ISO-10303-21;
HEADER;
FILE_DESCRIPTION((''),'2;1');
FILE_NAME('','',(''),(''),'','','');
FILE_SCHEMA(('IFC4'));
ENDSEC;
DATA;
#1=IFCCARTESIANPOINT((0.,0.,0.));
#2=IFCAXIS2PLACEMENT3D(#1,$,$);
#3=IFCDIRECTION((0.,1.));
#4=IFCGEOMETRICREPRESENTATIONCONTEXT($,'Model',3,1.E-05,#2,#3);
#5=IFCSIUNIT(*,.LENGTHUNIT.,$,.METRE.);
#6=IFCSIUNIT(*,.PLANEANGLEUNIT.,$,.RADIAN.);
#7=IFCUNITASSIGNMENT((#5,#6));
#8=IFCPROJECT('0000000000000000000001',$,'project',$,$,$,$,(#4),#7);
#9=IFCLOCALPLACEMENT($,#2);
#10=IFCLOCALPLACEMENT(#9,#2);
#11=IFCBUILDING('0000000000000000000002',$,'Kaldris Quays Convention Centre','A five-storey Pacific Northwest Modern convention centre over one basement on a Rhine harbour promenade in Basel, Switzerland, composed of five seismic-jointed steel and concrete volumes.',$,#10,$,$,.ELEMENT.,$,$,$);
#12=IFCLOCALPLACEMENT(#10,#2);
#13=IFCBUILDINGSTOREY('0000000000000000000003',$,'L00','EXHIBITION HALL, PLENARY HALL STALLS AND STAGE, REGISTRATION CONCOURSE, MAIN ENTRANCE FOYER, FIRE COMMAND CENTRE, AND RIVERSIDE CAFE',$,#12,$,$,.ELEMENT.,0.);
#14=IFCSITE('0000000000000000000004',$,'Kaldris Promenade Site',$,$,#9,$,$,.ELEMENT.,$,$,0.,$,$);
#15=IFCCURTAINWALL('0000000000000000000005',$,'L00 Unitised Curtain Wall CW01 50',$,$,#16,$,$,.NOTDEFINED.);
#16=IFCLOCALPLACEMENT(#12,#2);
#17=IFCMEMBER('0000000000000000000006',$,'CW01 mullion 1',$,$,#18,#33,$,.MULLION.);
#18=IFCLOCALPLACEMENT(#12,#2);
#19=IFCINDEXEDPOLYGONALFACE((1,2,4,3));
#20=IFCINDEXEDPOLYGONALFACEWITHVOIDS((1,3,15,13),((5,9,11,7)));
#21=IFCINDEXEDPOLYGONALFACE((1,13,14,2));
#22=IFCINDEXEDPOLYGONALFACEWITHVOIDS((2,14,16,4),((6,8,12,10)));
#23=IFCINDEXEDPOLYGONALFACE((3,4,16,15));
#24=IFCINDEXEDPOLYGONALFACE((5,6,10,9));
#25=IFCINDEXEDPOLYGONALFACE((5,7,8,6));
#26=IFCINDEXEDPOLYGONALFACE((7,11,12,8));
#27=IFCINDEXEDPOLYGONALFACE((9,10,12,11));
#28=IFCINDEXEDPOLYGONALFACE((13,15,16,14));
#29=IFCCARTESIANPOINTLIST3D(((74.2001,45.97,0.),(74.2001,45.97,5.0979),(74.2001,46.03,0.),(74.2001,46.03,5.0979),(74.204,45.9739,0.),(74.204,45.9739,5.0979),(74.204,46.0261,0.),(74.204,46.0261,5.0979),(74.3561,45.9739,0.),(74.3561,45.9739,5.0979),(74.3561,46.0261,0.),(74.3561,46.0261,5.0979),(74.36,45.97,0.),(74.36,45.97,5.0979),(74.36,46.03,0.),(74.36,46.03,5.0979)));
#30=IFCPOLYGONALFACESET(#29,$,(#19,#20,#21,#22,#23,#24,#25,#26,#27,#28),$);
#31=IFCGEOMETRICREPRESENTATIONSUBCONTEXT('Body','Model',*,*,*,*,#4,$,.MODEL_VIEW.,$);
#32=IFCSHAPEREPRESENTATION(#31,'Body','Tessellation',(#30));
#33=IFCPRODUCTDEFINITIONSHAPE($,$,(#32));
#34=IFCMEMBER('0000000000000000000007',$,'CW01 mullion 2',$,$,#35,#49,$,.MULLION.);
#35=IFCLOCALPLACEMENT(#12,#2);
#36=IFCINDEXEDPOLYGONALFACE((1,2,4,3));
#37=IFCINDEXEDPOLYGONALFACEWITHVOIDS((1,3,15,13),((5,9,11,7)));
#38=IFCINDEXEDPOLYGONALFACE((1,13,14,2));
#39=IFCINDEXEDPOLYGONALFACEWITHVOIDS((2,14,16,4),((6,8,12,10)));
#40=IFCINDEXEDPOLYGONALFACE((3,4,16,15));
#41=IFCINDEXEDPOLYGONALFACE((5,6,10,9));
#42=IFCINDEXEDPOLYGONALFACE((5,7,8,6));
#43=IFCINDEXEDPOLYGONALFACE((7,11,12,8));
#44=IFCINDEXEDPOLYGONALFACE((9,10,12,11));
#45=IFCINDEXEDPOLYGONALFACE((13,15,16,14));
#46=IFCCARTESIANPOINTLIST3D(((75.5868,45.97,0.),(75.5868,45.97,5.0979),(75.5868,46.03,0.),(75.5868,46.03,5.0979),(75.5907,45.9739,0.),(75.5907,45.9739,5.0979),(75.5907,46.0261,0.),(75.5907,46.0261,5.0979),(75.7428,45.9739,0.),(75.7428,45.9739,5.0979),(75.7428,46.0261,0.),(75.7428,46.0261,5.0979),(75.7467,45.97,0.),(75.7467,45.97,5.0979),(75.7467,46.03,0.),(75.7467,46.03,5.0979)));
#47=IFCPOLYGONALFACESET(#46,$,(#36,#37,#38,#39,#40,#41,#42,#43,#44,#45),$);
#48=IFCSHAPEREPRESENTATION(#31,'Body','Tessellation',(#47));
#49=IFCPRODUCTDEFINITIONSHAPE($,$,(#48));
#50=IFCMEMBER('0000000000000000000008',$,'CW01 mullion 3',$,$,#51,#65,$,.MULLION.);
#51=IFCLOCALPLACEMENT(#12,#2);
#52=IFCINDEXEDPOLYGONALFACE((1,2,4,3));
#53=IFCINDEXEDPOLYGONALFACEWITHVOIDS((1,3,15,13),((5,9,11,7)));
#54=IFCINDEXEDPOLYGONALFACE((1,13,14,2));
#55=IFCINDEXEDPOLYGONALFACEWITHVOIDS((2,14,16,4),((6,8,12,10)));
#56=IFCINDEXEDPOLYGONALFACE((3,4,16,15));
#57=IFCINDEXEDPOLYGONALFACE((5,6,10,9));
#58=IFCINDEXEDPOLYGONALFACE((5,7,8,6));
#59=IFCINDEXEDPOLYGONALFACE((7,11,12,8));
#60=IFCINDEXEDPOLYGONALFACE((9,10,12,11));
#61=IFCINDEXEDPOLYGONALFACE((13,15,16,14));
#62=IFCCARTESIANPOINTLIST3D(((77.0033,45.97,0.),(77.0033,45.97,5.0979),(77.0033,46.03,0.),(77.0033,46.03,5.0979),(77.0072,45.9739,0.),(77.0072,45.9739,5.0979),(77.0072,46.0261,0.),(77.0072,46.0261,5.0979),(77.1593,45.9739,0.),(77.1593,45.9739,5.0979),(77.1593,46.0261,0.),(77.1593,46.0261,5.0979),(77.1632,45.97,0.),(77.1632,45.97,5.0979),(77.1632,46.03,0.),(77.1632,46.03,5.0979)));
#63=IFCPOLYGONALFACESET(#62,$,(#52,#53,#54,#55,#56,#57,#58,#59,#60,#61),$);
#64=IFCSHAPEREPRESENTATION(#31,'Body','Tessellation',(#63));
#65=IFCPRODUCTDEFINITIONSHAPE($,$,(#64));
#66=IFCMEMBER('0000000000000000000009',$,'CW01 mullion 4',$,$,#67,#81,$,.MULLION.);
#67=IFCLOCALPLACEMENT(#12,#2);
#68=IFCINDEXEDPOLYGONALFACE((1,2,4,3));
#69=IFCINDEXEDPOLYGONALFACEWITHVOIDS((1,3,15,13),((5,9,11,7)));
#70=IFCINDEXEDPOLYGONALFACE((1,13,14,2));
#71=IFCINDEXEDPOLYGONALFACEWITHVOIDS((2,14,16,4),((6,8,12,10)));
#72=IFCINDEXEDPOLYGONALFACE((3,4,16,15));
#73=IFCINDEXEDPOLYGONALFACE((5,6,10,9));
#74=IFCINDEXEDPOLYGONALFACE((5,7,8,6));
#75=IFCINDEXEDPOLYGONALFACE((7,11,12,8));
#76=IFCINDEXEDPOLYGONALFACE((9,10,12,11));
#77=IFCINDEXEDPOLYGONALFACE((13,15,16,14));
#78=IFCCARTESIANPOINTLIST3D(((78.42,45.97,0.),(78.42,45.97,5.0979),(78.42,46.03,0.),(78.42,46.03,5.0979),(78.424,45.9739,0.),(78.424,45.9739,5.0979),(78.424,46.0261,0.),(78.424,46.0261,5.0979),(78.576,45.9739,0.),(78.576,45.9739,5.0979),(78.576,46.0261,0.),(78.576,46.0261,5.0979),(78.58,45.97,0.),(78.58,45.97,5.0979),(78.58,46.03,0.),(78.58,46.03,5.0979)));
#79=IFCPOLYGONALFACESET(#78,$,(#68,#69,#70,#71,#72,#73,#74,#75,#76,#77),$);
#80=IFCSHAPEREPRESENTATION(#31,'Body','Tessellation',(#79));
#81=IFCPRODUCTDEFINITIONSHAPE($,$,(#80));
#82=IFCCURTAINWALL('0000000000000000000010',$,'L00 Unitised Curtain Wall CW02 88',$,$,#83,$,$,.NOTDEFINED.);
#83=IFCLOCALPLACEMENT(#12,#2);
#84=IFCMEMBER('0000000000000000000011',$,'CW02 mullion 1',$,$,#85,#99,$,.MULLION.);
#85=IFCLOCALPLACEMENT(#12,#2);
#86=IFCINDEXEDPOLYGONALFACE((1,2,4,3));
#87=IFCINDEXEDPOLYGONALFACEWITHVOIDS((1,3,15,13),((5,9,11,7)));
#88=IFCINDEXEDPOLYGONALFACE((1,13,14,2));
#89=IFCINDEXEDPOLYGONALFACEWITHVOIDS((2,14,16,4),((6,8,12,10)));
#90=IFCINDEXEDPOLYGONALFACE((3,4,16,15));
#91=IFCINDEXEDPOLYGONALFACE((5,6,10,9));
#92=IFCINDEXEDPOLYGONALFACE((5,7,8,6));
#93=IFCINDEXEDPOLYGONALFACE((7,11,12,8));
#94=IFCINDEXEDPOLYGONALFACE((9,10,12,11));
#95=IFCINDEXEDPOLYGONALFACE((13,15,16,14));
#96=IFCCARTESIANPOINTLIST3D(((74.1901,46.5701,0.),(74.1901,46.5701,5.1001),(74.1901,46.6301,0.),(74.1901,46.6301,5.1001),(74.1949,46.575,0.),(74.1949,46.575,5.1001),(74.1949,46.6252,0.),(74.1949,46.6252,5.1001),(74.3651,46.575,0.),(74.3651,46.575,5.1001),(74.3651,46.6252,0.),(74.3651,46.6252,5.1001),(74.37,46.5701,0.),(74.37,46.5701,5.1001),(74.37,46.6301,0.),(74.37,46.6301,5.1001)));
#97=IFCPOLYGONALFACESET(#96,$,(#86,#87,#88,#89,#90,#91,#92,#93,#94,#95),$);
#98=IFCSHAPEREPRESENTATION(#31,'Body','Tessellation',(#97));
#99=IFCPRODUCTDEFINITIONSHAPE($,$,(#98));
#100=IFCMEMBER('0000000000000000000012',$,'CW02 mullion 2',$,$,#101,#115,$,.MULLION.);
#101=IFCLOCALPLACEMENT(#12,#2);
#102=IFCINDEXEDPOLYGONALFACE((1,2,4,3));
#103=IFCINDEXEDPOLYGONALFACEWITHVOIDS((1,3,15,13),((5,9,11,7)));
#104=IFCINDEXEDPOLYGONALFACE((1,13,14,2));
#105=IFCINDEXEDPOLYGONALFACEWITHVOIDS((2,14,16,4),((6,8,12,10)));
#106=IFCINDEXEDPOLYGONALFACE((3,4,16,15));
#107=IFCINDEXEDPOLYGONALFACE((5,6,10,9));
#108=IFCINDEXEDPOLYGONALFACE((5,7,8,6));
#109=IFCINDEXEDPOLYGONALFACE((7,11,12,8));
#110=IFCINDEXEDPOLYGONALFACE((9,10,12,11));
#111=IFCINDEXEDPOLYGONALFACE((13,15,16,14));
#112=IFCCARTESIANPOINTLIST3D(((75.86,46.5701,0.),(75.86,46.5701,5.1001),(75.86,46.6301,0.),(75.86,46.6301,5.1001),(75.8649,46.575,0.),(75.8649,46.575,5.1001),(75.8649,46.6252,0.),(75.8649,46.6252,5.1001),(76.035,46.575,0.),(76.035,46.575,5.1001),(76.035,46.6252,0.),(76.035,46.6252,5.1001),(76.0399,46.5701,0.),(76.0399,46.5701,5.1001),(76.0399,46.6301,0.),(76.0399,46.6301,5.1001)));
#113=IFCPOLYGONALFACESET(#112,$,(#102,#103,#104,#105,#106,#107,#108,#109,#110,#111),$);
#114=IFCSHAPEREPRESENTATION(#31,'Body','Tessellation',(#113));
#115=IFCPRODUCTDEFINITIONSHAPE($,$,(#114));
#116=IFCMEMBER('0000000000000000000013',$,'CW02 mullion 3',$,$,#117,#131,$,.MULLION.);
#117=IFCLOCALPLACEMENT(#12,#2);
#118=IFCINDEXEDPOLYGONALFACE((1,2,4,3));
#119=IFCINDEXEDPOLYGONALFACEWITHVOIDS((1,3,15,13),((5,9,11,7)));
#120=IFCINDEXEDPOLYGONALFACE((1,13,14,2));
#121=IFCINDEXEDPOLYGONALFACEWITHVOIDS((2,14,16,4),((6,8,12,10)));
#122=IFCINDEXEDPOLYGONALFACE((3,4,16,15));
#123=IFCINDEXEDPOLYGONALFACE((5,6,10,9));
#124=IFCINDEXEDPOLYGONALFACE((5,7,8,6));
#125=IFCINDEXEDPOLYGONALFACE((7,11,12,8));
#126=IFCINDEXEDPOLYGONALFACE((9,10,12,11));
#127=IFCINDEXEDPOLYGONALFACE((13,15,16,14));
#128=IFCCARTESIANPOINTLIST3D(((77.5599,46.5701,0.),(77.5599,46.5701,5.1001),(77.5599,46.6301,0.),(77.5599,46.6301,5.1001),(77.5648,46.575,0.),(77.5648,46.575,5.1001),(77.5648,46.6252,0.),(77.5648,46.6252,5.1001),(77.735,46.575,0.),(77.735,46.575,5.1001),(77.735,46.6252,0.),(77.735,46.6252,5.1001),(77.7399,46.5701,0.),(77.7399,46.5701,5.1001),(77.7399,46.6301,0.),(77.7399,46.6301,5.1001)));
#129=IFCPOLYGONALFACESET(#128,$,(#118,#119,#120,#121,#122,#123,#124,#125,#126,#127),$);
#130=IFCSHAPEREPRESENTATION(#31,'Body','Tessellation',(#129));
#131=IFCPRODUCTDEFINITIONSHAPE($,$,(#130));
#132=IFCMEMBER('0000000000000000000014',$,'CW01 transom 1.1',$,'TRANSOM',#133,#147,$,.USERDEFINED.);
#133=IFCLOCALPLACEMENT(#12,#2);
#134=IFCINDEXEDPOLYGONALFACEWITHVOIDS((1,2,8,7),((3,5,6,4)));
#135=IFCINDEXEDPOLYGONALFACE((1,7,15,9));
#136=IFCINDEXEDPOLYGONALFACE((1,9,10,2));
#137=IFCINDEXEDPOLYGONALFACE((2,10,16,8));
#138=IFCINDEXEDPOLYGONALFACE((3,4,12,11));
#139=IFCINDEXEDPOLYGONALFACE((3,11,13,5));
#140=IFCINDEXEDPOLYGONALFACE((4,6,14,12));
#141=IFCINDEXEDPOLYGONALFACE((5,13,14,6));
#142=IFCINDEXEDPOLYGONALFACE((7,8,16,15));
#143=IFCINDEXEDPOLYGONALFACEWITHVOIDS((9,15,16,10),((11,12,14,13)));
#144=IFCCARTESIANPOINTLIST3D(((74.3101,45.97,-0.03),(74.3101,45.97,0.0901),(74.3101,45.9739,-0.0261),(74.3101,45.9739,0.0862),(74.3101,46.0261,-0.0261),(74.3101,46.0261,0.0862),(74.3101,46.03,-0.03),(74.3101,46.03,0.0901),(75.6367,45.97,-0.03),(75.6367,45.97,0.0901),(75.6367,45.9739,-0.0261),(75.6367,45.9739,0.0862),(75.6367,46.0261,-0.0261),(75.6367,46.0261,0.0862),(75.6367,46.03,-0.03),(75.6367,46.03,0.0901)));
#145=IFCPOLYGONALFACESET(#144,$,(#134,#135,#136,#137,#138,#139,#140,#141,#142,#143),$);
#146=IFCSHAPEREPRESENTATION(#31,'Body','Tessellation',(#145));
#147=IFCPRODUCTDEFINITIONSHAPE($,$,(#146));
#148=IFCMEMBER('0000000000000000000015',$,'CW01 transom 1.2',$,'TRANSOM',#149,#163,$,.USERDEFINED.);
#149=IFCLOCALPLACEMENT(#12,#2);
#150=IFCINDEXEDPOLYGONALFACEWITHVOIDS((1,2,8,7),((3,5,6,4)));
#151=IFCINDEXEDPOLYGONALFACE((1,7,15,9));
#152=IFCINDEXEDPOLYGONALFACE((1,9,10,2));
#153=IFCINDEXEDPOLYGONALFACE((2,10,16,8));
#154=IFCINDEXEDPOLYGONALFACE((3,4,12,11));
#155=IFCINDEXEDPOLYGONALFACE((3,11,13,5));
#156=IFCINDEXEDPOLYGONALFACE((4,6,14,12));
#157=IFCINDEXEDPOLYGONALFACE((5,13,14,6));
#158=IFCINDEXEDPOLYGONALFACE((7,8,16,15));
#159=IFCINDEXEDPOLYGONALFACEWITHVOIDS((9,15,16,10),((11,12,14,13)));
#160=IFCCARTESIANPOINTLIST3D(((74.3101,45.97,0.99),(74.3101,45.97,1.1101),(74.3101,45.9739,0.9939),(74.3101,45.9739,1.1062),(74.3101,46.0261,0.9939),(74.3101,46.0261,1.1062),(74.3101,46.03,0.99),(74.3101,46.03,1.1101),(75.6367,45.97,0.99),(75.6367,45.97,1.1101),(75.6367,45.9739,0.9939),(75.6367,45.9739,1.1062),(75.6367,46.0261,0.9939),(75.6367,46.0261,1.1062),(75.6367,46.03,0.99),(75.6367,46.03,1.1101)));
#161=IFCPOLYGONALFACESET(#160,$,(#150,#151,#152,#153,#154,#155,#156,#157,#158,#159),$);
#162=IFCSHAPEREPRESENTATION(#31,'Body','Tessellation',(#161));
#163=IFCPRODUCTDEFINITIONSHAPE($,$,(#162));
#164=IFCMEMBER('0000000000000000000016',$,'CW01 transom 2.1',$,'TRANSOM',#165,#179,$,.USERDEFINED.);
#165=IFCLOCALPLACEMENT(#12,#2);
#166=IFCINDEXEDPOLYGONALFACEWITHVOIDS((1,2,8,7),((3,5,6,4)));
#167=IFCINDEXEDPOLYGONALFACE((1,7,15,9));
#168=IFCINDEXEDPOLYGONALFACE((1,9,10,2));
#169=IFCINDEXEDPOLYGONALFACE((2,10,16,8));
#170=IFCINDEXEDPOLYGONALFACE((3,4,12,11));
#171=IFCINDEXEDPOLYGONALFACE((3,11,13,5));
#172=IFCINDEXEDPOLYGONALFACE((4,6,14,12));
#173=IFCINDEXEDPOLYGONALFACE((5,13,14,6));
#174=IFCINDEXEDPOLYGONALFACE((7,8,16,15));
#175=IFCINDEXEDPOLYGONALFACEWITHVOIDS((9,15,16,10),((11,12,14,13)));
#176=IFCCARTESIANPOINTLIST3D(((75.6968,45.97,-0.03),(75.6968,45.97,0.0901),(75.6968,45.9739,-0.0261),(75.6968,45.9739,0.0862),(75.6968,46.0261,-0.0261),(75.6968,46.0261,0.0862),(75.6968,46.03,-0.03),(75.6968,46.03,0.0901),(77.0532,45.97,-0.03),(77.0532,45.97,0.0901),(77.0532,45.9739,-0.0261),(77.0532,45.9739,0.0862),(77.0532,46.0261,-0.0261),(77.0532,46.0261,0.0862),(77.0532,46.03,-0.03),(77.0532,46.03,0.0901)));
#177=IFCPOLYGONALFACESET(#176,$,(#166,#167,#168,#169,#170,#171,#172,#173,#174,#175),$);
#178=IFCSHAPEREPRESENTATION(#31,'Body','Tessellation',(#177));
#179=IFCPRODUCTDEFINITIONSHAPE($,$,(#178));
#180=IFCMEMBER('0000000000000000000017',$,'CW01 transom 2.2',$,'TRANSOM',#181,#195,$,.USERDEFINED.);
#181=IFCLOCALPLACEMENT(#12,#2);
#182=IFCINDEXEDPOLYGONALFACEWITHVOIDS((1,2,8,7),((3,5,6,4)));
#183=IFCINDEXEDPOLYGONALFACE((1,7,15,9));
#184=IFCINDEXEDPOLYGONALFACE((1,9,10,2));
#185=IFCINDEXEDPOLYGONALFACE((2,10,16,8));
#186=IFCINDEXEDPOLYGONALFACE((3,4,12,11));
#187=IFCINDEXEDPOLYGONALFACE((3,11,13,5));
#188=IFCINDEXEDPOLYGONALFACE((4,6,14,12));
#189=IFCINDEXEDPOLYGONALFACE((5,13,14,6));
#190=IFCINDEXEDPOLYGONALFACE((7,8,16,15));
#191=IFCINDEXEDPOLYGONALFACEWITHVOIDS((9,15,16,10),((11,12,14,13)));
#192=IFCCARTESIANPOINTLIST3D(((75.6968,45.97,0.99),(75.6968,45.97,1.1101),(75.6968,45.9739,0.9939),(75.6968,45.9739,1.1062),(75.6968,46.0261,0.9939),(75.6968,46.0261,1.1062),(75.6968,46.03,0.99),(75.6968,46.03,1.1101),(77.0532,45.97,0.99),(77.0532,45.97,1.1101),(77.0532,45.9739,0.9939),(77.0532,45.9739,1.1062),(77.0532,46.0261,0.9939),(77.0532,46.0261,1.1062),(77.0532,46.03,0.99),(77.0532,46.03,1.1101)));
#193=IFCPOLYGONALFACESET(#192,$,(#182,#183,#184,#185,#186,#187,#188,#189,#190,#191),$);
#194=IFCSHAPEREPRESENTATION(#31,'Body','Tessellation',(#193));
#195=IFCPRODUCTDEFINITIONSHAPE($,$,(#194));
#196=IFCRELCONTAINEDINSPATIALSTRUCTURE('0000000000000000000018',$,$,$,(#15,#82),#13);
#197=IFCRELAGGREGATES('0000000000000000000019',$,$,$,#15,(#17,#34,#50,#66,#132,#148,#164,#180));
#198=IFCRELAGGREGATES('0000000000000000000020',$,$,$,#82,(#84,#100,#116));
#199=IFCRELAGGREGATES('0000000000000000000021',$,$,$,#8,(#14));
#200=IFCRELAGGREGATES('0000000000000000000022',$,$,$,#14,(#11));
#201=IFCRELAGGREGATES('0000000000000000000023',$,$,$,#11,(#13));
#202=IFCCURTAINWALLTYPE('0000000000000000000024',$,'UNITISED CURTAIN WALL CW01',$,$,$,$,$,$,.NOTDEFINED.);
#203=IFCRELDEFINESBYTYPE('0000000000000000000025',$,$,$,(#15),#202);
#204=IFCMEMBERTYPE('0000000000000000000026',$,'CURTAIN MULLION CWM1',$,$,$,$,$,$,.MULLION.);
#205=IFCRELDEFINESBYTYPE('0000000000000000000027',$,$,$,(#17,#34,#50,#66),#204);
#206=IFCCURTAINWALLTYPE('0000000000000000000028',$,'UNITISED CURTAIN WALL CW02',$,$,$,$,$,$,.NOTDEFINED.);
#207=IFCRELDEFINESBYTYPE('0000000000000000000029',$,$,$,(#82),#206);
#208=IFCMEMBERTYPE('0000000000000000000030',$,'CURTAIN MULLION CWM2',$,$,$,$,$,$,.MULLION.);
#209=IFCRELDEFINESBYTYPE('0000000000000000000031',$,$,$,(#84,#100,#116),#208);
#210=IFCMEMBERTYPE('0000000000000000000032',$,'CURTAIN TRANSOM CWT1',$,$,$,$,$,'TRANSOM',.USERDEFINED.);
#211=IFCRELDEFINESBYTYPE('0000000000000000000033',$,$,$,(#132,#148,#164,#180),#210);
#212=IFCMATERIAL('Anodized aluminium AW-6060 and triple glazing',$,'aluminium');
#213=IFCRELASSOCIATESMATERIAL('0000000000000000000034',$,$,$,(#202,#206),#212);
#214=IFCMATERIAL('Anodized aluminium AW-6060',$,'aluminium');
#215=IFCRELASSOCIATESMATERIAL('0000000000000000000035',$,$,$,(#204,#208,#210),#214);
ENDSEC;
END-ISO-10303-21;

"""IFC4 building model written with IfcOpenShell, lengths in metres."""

from ifc_helpers import new_model, si_unit, direction, frame, origin, origin_2d, place, context, subcontext, project, spatial, hollow_rectangle, extrude, material, material_profile, profile_set, type_object, element, aggregate, save


model = new_model("IFC4")

# Units and contexts
model_context = context("Model", 3, precision=1e-05, world=origin(), true_north=direction((0.0, 1.0)))
body_context = subcontext(model_context, "Body", "Model", "MODEL_VIEW")
ifc_project = project(units=[si_unit("LENGTHUNIT", "METRE"), si_unit("PLANEANGLEUNIT", "RADIAN")], contexts=[model_context])

# Site, building, storey
site_placement = place(None, origin())
site = spatial("IfcSite", under=ifc_project, at=site_placement, Name="Kaldris Promenade Site", CompositionType="ELEMENT", RefElevation=0.0)
building_placement = place(site_placement, origin())
building = spatial("IfcBuilding", under=site, at=building_placement, Name="Kaldris Quays Convention Centre", Description="A five-storey Pacific Northwest Modern convention centre over one basement on a Rhine harbour promenade in Basel, Switzerland, composed of five seismic-jointed steel and concrete volumes.", CompositionType="ELEMENT")
storey_placement = place(building_placement, origin())
storey = spatial("IfcBuildingStorey", under=building, at=storey_placement, Name="L00", Description="EXHIBITION HALL, PLENARY HALL STALLS AND STAGE, REGISTRATION CONCOURSE, MAIN ENTRANCE FOYER, FIRE COMMAND CENTRE, AND RIVERSIDE CAFE", CompositionType="ELEMENT", Elevation=0.0)

# Curtain walls, members
ifc_material_1 = material(Name="Anodized aluminium AW-6060 and triple glazing", Category="aluminium")
curtain_wall_type_1 = type_object("IfcCurtainWallType", Name="UNITISED CURTAIN WALL CW01", PredefinedType="NOTDEFINED", material=ifc_material_1)
curtain_wall_1_placement = place(storey_placement, origin())
curtain_wall_1 = element("IfcCurtainWall", 1, at=curtain_wall_1_placement, inside=storey, type_object=curtain_wall_type_1, Name="L00 Unitised Curtain Wall CW01 50", PredefinedType="NOTDEFINED")
ifc_material_2 = material(Name="Anodized aluminium AW-6060", Category="aluminium")
ifc_material_profile_1 = material_profile(ifc_material_2, hollow_rectangle(XDim=0.0601, YDim=0.1599, WallThickness=0.0039, at=origin_2d()), Name="RHS 160x60x4")
ifc_profile_set_1 = profile_set([ifc_material_profile_1], Name="Anodized aluminium AW-6060")
member_type_1 = type_object("IfcMemberType", Name="CURTAIN MULLION CWM1", PredefinedType="MULLION", material=ifc_profile_set_1)
member_1_placement = place(storey_placement, frame((74.28, 46.0, 0.0), z_axis=(0.0, 0.0, 1.0), x_axis=(0.0, 1.0, 0.0)))
member_1 = element("IfcMember", 2, at=member_1_placement, type_object=member_type_1, Name="CW01 mullion 1", PredefinedType="MULLION", context=body_context, shape_type="SweptSolid", body=[
    extrude(hollow_rectangle(XDim=0.0601, YDim=0.1599, WallThickness=0.0039, at=origin_2d()), origin(), (0.0, 0.0, 1.0), 5.0979),
])
member_2_placement = place(storey_placement, frame((75.6667, 46.0, 0.0), z_axis=(0.0, 0.0, 1.0), x_axis=(0.0, 1.0, 0.0)))
member_2 = element("IfcMember", 3, at=member_2_placement, type_object=member_type_1, Name="CW01 mullion 2", PredefinedType="MULLION", context=body_context, shape_type="SweptSolid", body=[
    extrude(hollow_rectangle(XDim=0.0601, YDim=0.1599, WallThickness=0.0039, at=origin_2d()), origin(), (0.0, 0.0, 1.0), 5.0979),
])
member_3_placement = place(storey_placement, frame((77.0833, 46.0, 0.0), z_axis=(0.0, 0.0, 1.0), x_axis=(0.0, 1.0, 0.0)))
member_3 = element("IfcMember", 4, at=member_3_placement, type_object=member_type_1, Name="CW01 mullion 3", PredefinedType="MULLION", context=body_context, shape_type="SweptSolid", body=[
    extrude(hollow_rectangle(XDim=0.0601, YDim=0.1599, WallThickness=0.0039, at=origin_2d()), origin(), (0.0, 0.0, 1.0), 5.0979),
])
member_4_placement = place(storey_placement, frame((78.5, 46.0, 0.0), z_axis=(0.0, 0.0, 1.0), x_axis=(0.0, 1.0, 0.0)))
member_4 = element("IfcMember", 5, at=member_4_placement, type_object=member_type_1, Name="CW01 mullion 4", PredefinedType="MULLION", context=body_context, shape_type="SweptSolid", body=[
    extrude(hollow_rectangle(XDim=0.0601, YDim=0.1599, WallThickness=0.0039, at=origin_2d()), origin(), (0.0, 0.0, 1.0), 5.0979),
])
curtain_wall_type_2 = type_object("IfcCurtainWallType", Name="UNITISED CURTAIN WALL CW02", PredefinedType="NOTDEFINED", material=ifc_material_1)
curtain_wall_2_placement = place(storey_placement, origin())
curtain_wall_2 = element("IfcCurtainWall", 6, at=curtain_wall_2_placement, inside=storey, type_object=curtain_wall_type_2, Name="L00 Unitised Curtain Wall CW02 88", PredefinedType="NOTDEFINED")
ifc_material_profile_2 = material_profile(ifc_material_2, hollow_rectangle(XDim=0.0601, YDim=0.1799, WallThickness=0.0049, at=origin_2d()), Name="RHS 180x60x5")
ifc_profile_set_2 = profile_set([ifc_material_profile_2], Name="Anodized aluminium AW-6060")
member_type_2 = type_object("IfcMemberType", Name="CURTAIN MULLION CWM2", PredefinedType="MULLION", material=ifc_profile_set_2)
member_5_placement = place(storey_placement, frame((74.28, 46.6001, 0.0), z_axis=(0.0, 0.0, 1.0), x_axis=(0.0, 1.0, 0.0)))
member_5 = element("IfcMember", 7, at=member_5_placement, type_object=member_type_2, Name="CW02 mullion 1", PredefinedType="MULLION", context=body_context, shape_type="SweptSolid", body=[
    extrude(hollow_rectangle(XDim=0.0601, YDim=0.1799, WallThickness=0.0049, at=origin_2d()), origin(), (0.0, 0.0, 1.0), 5.1001),
])
member_6_placement = place(storey_placement, frame((75.95, 46.6001, 0.0), z_axis=(0.0, 0.0, 1.0), x_axis=(0.0, 1.0, 0.0)))
member_6 = element("IfcMember", 8, at=member_6_placement, type_object=member_type_2, Name="CW02 mullion 2", PredefinedType="MULLION", context=body_context, shape_type="SweptSolid", body=[
    extrude(hollow_rectangle(XDim=0.0601, YDim=0.1799, WallThickness=0.0049, at=origin_2d()), origin(), (0.0, 0.0, 1.0), 5.1001),
])
member_7_placement = place(storey_placement, frame((77.6499, 46.6001, 0.0), z_axis=(0.0, 0.0, 1.0), x_axis=(0.0, 1.0, 0.0)))
member_7 = element("IfcMember", 9, at=member_7_placement, type_object=member_type_2, Name="CW02 mullion 3", PredefinedType="MULLION", context=body_context, shape_type="SweptSolid", body=[
    extrude(hollow_rectangle(XDim=0.0601, YDim=0.1799, WallThickness=0.0049, at=origin_2d()), origin(), (0.0, 0.0, 1.0), 5.1001),
])

# Members
ifc_material_profile_3 = material_profile(ifc_material_2, hollow_rectangle(XDim=0.0601, YDim=0.1201, WallThickness=0.0039, at=origin_2d()), Name="RHS 120x60x4")
ifc_profile_set_3 = profile_set([ifc_material_profile_3], Name="Anodized aluminium AW-6060")
member_type_3 = type_object("IfcMemberType", Name="CURTAIN TRANSOM CWT1", ElementType="TRANSOM", PredefinedType="USERDEFINED", material=ifc_profile_set_3)
member_8_placement = place(storey_placement, frame((74.3101, 46.0, 0.03), z_axis=(1.0, 0.0, 0.0), x_axis=(0.0, 1.0, 0.0)))
member_8 = element("IfcMember", 10, at=member_8_placement, type_object=member_type_3, Name="CW01 transom 1.1", ObjectType="TRANSOM", PredefinedType="USERDEFINED", context=body_context, shape_type="SweptSolid", body=[
    extrude(hollow_rectangle(XDim=0.0601, YDim=0.1201, WallThickness=0.0039, at=origin_2d()), origin(), (0.0, 0.0, 1.0), 1.3267),
])
member_9_placement = place(storey_placement, frame((74.3101, 46.0, 1.05), z_axis=(1.0, 0.0, 0.0), x_axis=(0.0, 1.0, 0.0)))
member_9 = element("IfcMember", 11, at=member_9_placement, type_object=member_type_3, Name="CW01 transom 1.2", ObjectType="TRANSOM", PredefinedType="USERDEFINED", context=body_context, shape_type="SweptSolid", body=[
    extrude(hollow_rectangle(XDim=0.0601, YDim=0.1201, WallThickness=0.0039, at=origin_2d()), origin(), (0.0, 0.0, 1.0), 1.3267),
])
member_10_placement = place(storey_placement, frame((75.6968, 46.0, 0.03), z_axis=(1.0, 0.0, 0.0), x_axis=(0.0, 1.0, 0.0)))
member_10 = element("IfcMember", 12, at=member_10_placement, type_object=member_type_3, Name="CW01 transom 2.1", ObjectType="TRANSOM", PredefinedType="USERDEFINED", context=body_context, shape_type="SweptSolid", body=[
    extrude(hollow_rectangle(XDim=0.0601, YDim=0.1201, WallThickness=0.0039, at=origin_2d()), origin(), (0.0, 0.0, 1.0), 1.3564),
])
member_11_placement = place(storey_placement, frame((75.6968, 46.0, 1.05), z_axis=(1.0, 0.0, 0.0), x_axis=(0.0, 1.0, 0.0)))
member_11 = element("IfcMember", 13, at=member_11_placement, type_object=member_type_3, Name="CW01 transom 2.2", ObjectType="TRANSOM", PredefinedType="USERDEFINED", context=body_context, shape_type="SweptSolid", body=[
    extrude(hollow_rectangle(XDim=0.0601, YDim=0.1201, WallThickness=0.0039, at=origin_2d()), origin(), (0.0, 0.0, 1.0), 1.3564),
])

aggregate(curtain_wall_1, [member_1, member_2, member_3, member_4, member_8, member_9, member_10, member_11])
aggregate(curtain_wall_2, [member_5, member_6, member_7])

save(model, "model.ifc")
